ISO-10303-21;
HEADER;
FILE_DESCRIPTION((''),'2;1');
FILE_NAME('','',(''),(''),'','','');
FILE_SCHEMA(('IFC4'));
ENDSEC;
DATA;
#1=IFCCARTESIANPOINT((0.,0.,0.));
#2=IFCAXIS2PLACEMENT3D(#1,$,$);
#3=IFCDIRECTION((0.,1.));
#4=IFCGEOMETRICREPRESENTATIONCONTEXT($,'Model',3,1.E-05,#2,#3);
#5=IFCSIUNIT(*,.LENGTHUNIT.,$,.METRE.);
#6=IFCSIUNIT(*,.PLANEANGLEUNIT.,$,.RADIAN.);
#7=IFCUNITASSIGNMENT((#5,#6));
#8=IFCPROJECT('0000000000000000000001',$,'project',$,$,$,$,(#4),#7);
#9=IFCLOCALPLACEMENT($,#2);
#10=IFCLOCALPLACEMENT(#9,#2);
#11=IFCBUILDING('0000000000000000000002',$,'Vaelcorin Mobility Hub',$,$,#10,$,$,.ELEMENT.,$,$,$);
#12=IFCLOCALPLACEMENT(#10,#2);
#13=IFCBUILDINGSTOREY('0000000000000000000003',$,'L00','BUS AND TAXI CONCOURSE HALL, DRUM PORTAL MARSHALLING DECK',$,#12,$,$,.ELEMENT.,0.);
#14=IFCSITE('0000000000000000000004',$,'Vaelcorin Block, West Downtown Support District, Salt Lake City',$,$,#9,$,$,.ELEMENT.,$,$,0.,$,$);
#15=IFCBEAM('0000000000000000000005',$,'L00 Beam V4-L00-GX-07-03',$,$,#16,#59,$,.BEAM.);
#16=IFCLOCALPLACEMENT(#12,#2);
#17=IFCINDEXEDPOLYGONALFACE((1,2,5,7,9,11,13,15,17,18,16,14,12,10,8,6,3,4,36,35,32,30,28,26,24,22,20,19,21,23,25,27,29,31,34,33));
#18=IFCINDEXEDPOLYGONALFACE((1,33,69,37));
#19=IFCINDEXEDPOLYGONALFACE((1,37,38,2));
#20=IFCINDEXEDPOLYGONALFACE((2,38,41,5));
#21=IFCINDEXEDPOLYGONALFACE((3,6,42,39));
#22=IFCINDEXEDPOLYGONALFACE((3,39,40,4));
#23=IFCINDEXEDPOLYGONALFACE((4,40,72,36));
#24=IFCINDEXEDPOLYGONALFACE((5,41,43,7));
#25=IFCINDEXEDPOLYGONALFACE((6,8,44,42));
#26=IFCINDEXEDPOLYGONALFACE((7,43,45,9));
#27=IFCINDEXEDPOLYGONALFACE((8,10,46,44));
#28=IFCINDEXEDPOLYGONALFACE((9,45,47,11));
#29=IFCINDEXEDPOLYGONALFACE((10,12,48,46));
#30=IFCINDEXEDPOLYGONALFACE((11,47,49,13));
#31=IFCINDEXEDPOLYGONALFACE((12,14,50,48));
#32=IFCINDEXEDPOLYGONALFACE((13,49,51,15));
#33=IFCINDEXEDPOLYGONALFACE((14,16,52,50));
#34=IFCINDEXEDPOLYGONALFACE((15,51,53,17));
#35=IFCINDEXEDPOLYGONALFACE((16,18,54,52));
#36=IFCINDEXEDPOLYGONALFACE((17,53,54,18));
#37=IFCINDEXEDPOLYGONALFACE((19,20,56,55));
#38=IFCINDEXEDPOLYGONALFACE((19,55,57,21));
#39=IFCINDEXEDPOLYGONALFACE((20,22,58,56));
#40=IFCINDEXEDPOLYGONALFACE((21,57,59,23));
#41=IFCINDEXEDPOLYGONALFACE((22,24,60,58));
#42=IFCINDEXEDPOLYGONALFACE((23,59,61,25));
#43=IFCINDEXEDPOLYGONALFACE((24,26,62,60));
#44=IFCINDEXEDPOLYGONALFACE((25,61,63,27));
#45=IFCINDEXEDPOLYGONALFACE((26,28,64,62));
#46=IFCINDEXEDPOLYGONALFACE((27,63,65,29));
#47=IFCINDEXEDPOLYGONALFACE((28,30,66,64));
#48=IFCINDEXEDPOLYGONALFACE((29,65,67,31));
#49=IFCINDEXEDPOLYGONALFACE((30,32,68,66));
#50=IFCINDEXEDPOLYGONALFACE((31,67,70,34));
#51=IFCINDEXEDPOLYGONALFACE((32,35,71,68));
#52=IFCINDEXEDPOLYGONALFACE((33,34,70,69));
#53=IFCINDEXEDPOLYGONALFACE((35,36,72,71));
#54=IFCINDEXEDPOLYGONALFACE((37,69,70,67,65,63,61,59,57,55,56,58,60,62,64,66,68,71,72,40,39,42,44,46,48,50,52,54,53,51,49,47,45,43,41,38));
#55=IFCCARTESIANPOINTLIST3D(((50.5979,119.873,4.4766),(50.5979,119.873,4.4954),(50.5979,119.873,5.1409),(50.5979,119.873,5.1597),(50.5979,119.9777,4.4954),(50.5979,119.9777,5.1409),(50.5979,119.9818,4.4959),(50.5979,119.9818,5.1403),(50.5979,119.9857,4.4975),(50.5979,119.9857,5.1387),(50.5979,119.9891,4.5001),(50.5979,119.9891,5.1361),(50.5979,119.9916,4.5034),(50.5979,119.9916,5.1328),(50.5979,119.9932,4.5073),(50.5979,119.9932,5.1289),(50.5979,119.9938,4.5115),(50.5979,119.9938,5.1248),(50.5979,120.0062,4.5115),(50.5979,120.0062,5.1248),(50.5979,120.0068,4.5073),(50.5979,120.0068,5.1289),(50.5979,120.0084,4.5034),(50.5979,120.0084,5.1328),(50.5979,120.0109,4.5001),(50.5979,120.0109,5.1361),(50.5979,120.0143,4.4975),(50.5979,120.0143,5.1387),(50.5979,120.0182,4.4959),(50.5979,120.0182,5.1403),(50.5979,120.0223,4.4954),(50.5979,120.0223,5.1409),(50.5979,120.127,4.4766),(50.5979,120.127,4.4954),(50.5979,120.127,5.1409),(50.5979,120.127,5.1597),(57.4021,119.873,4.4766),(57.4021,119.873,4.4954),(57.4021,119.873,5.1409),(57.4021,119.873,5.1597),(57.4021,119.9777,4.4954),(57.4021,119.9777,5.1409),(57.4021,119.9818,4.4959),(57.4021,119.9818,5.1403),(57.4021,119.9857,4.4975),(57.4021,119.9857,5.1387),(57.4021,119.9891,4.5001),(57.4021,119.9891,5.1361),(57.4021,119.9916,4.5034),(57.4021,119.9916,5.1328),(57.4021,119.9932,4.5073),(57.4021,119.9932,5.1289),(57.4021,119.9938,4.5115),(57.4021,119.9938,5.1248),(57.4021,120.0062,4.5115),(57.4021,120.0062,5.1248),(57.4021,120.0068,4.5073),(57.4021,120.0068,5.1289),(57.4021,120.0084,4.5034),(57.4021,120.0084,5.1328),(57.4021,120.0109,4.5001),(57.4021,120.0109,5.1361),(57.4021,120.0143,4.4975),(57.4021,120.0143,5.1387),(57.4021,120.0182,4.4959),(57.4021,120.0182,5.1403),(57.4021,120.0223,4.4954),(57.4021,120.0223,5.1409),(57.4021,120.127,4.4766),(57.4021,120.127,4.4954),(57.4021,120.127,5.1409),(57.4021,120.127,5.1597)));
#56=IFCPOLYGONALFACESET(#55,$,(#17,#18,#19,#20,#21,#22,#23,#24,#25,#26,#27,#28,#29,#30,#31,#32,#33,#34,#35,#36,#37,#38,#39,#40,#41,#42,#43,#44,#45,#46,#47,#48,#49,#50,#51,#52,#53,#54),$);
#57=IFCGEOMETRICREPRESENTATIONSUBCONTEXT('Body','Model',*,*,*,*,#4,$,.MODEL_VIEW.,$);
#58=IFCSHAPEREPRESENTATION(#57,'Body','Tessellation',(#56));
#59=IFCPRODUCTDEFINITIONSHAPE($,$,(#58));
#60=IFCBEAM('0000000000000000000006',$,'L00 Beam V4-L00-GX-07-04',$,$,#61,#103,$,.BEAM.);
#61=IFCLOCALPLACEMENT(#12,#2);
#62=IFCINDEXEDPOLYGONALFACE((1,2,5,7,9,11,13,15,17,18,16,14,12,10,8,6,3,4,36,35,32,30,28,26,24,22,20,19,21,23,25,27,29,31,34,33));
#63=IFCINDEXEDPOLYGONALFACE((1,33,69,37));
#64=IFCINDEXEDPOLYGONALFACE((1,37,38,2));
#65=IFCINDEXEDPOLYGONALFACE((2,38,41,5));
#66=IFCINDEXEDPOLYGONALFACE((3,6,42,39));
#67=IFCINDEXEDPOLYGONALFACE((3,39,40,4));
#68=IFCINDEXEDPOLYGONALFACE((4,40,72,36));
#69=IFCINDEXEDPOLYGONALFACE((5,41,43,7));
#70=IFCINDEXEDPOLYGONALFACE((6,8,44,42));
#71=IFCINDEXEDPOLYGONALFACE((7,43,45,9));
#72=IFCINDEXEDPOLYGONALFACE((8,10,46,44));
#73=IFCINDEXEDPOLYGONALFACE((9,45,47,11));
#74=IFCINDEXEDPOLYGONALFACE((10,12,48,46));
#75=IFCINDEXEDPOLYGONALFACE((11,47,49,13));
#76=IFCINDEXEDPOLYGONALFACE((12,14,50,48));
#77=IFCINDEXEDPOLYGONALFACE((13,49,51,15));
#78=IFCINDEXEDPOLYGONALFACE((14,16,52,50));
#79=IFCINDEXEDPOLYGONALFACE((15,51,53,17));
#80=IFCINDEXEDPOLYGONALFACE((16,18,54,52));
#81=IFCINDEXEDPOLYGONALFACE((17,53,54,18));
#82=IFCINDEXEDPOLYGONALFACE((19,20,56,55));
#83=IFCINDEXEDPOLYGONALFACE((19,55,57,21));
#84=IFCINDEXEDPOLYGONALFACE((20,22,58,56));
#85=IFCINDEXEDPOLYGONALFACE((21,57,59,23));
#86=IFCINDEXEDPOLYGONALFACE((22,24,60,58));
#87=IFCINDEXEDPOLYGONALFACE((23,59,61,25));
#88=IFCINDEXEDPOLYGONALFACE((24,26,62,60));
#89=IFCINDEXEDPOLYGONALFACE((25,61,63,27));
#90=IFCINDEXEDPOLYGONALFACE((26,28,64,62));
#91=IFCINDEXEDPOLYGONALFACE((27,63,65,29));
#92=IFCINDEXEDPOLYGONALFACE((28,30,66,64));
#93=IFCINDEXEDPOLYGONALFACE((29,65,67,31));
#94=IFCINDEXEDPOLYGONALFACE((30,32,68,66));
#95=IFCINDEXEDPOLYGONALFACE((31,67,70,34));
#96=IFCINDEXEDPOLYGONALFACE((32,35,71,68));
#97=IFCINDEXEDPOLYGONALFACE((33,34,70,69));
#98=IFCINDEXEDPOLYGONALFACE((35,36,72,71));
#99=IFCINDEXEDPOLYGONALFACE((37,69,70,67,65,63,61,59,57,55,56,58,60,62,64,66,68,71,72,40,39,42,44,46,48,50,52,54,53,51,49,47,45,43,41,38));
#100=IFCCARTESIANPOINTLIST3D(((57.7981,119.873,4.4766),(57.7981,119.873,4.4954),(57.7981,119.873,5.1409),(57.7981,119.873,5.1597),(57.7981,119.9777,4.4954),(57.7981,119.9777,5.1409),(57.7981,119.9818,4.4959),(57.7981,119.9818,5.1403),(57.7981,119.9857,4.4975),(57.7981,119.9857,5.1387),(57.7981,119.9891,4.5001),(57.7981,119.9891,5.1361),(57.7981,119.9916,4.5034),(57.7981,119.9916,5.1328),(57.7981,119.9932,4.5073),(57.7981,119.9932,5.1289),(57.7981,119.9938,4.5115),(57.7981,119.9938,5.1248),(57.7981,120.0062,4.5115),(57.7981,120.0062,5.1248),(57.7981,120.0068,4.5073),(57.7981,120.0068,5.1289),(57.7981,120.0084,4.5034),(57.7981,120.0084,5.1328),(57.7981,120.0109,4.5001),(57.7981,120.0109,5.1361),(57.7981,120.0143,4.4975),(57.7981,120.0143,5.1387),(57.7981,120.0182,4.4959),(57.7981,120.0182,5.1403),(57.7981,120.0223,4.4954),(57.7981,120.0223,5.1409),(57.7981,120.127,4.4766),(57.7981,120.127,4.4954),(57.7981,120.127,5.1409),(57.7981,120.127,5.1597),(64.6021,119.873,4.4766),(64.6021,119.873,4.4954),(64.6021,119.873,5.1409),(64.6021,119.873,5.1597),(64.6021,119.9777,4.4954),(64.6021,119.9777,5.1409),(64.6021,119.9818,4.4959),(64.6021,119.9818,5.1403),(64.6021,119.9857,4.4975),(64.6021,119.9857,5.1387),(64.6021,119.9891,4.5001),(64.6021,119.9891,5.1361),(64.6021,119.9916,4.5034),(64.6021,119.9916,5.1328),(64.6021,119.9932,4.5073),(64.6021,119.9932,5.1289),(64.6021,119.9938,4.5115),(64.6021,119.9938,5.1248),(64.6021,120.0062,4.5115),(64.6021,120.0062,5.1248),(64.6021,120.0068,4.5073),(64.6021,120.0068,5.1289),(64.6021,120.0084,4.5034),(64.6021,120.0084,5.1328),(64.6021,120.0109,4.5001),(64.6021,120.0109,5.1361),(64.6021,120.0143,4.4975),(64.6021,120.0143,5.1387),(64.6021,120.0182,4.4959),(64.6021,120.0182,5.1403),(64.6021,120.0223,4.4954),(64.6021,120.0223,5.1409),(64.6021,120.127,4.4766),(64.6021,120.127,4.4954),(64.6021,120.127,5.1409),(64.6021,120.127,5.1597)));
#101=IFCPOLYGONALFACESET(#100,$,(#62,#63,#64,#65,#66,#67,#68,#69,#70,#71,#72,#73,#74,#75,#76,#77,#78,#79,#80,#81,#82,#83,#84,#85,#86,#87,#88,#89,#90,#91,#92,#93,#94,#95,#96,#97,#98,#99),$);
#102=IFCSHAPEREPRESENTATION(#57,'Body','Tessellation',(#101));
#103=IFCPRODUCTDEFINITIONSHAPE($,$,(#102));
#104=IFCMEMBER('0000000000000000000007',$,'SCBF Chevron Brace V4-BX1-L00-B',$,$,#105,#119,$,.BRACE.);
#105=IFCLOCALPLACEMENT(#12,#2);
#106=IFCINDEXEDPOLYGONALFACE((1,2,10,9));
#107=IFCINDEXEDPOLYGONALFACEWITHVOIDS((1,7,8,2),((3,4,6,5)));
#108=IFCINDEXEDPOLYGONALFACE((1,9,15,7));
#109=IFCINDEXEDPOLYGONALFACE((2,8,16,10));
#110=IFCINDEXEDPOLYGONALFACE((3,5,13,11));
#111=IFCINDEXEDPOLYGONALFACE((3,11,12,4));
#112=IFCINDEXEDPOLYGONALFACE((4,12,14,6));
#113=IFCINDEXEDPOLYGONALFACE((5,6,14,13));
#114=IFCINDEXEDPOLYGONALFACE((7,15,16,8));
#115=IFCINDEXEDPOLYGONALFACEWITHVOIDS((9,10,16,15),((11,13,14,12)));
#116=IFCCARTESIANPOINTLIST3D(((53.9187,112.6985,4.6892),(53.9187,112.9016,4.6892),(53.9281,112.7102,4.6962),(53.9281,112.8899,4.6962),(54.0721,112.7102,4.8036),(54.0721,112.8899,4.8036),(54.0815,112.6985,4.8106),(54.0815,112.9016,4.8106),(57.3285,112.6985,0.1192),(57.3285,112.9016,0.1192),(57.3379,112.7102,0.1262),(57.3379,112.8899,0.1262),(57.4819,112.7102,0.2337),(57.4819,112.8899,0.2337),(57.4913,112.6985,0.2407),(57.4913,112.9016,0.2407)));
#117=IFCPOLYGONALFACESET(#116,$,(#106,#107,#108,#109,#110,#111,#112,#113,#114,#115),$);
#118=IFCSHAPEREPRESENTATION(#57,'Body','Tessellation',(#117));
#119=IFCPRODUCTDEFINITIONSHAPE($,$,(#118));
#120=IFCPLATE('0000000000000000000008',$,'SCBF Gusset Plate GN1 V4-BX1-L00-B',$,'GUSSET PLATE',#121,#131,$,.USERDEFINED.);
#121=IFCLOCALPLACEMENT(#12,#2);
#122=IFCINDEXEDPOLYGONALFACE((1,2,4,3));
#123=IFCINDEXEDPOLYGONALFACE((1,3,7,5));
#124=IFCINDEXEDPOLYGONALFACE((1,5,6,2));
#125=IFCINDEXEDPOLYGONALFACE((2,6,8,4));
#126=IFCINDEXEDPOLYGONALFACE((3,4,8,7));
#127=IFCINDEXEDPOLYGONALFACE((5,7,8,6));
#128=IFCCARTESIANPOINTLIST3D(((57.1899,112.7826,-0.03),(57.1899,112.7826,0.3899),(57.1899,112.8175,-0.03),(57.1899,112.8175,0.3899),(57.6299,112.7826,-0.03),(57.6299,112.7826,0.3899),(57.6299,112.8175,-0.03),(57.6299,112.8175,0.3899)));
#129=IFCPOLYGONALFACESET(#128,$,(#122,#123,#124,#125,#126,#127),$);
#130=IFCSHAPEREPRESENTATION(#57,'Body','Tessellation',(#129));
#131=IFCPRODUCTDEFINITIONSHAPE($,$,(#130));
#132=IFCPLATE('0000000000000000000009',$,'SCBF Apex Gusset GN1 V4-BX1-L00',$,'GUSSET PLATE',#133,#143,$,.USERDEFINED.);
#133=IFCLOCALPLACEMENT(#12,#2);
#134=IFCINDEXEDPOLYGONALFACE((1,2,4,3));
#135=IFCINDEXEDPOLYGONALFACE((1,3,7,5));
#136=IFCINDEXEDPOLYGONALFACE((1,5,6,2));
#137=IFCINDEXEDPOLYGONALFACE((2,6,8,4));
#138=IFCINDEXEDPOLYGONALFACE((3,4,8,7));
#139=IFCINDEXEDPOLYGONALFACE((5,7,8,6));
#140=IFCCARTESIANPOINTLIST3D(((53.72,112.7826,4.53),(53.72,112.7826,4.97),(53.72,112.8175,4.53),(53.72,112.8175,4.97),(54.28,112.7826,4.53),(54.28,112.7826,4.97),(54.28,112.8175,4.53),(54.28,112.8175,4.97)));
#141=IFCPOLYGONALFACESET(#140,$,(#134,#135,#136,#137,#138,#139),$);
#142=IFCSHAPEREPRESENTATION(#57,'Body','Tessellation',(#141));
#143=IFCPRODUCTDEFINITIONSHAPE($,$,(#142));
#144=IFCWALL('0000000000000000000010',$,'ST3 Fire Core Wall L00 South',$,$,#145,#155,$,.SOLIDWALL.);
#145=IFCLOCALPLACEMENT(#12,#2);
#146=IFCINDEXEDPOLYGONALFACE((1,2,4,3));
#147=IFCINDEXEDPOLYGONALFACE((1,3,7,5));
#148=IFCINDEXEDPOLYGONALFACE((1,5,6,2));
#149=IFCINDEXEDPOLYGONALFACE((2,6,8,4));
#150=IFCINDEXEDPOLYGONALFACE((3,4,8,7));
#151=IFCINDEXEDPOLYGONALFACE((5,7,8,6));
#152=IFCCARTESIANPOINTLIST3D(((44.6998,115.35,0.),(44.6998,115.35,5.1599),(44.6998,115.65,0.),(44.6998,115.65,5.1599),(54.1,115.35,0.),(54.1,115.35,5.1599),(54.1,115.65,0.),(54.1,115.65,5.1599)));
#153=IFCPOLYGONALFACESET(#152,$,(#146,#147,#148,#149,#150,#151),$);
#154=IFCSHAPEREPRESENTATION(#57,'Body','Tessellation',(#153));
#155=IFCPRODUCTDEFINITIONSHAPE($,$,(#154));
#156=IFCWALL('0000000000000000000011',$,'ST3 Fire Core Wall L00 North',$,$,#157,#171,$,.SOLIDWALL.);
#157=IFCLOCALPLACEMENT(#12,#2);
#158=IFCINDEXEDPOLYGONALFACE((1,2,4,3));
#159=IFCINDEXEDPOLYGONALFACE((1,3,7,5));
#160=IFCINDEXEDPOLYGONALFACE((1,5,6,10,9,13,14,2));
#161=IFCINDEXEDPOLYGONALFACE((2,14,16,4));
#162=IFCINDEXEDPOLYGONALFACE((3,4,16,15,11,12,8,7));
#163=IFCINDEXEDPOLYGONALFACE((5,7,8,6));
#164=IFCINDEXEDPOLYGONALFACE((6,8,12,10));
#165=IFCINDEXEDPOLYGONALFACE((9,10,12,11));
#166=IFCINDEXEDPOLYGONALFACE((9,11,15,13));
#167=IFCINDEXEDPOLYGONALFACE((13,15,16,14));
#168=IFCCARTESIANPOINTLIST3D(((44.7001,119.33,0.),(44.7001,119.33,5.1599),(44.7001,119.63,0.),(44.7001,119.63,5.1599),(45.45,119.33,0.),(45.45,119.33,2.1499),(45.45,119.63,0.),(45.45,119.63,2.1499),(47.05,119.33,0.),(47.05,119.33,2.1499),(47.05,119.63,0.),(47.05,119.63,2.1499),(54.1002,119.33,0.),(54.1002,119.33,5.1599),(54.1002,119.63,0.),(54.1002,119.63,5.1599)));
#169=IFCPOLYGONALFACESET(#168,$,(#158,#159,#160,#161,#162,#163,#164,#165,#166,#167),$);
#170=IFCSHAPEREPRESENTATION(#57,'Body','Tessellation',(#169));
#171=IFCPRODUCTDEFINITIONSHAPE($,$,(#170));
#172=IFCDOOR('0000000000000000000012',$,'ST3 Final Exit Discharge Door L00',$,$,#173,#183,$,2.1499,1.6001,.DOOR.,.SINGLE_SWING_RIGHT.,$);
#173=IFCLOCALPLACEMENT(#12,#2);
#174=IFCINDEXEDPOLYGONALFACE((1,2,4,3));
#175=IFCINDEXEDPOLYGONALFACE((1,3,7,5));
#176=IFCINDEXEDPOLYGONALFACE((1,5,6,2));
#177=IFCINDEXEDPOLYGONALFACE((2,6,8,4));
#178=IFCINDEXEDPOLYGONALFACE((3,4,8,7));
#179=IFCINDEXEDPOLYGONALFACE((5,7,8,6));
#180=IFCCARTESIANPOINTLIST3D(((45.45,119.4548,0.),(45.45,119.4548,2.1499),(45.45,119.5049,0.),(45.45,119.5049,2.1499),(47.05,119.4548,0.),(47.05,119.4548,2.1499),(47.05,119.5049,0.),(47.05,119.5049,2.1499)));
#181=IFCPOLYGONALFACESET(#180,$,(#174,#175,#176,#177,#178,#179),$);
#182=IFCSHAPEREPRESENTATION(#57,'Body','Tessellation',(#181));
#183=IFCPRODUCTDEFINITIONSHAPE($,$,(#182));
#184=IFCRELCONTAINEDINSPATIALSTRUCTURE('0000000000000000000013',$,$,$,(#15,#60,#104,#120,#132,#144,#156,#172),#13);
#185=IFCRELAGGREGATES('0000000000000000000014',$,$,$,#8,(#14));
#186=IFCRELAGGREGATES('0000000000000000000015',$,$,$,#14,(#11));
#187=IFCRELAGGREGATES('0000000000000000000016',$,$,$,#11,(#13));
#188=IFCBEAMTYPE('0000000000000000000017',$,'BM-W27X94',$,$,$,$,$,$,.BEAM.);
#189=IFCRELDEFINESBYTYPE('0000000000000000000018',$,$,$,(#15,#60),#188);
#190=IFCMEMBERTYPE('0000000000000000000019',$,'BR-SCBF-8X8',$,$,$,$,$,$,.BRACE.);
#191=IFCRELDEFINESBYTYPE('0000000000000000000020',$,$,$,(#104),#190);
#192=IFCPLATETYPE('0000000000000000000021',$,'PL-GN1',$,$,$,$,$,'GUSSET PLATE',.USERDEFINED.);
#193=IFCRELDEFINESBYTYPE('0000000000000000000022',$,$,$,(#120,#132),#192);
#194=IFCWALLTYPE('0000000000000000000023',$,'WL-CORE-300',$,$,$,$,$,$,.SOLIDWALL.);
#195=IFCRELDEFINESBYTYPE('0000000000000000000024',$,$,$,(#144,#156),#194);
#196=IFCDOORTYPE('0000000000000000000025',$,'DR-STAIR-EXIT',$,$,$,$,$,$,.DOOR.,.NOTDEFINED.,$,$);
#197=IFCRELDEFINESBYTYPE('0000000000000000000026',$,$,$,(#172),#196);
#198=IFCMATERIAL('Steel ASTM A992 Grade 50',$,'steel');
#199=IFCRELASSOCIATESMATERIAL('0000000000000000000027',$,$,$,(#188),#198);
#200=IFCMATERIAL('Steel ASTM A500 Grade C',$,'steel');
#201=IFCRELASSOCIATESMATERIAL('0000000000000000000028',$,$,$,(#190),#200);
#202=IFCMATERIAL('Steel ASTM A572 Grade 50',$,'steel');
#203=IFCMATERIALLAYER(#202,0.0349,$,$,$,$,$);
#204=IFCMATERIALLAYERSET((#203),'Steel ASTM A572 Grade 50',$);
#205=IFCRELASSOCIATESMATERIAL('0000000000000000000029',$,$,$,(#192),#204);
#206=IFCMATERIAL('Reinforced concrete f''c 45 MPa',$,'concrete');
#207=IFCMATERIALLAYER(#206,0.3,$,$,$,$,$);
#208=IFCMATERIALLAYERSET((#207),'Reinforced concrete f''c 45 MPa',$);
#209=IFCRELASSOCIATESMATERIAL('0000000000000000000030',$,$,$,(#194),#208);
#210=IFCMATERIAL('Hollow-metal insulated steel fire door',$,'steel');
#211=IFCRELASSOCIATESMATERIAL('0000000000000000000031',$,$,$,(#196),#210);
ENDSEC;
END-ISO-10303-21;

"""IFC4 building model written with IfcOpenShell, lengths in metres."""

from ifc_helpers import new_model, si_unit, direction, frame, frame_2d, origin, origin_2d, place, context, subcontext, project, spatial, rectangle, hollow_rectangle, i_section, extrude, material, layer, layer_set, material_profile, profile_set, type_object, element, fill, save


model = new_model("IFC4")

# Units and contexts
model_context = context("Model", 3, precision=1e-05, world=origin(), true_north=direction((0.0, 1.0)))
body_context = subcontext(model_context, "Body", "Model", "MODEL_VIEW")
ifc_project = project(units=[si_unit("LENGTHUNIT", "METRE"), si_unit("PLANEANGLEUNIT", "RADIAN")], contexts=[model_context])

# Site, building, storey
site_placement = place(None, origin())
site = spatial("IfcSite", under=ifc_project, at=site_placement, Name="Vaelcorin Block, West Downtown Support District, Salt Lake City", CompositionType="ELEMENT", RefElevation=0.0)
building_placement = place(site_placement, origin())
building = spatial("IfcBuilding", under=site, at=building_placement, Name="Vaelcorin Mobility Hub", CompositionType="ELEMENT")
storey_placement = place(building_placement, origin())
storey = spatial("IfcBuildingStorey", under=building, at=storey_placement, Name="L00", Description="BUS AND TAXI CONCOURSE HALL, DRUM PORTAL MARSHALLING DECK", CompositionType="ELEMENT", Elevation=0.0)

# Shared definitions
ifc_material_1 = material(Name="Steel ASTM A992 Grade 50", Category="steel")

# Beams
ifc_material_profile_1 = material_profile(ifc_material_1, i_section(OverallWidth=0.2539, OverallDepth=0.6831, WebThickness=0.0125, FlangeThickness=0.0188, FilletRadius=0.0161, at=origin_2d()), Name="W27X94")
ifc_profile_set_1 = profile_set([ifc_material_profile_1], Name="Steel ASTM A992 Grade 50")
beam_type_1 = type_object("IfcBeamType", Name="BM-W27X94", PredefinedType="BEAM", material=ifc_profile_set_1)
beam_1_placement = place(storey_placement, frame((50.5979, 120.0, 4.8181), z_axis=(1.0, 0.0, 0.0), x_axis=(0.0, 1.0, 0.0)))
element("IfcBeam", 1, at=beam_1_placement, inside=storey, type_object=beam_type_1, Name="L00 Beam V4-L00-GX-07-03", PredefinedType="BEAM", context=body_context, shape_type="SweptSolid", body=[
    extrude(i_section(OverallWidth=0.2539, OverallDepth=0.6831, WebThickness=0.0125, FlangeThickness=0.0188, FilletRadius=0.0161, at=origin_2d()), origin(), (0.0, 0.0, 1.0), 6.8042),
])
beam_2_placement = place(storey_placement, frame((57.7981, 120.0, 4.8181), z_axis=(1.0, 0.0, 0.0), x_axis=(0.0, 1.0, 0.0)))
element("IfcBeam", 2, at=beam_2_placement, inside=storey, type_object=beam_type_1, Name="L00 Beam V4-L00-GX-07-04", PredefinedType="BEAM", context=body_context, shape_type="SweptSolid", body=[
    extrude(i_section(OverallWidth=0.2539, OverallDepth=0.6831, WebThickness=0.0125, FlangeThickness=0.0188, FilletRadius=0.0161, at=origin_2d()), origin(), (0.0, 0.0, 1.0), 6.804),
])

# Member
ifc_material_2 = material(Name="Steel ASTM A500 Grade C", Category="steel")
ifc_material_profile_2 = material_profile(ifc_material_2, hollow_rectangle(XDim=0.2031, YDim=0.2031, WallThickness=0.0117, at=origin_2d()), Name="HSS8X8X0.500")
ifc_profile_set_2 = profile_set([ifc_material_profile_2], Name="Steel ASTM A500 Grade C")
member_type = type_object("IfcMemberType", Name="BR-SCBF-8X8", PredefinedType="BRACE", material=ifc_profile_set_2)
member_placement = place(storey_placement, frame((57.4099, 112.8, 0.1799), z_axis=(-0.598018, 0.0, 0.801482), x_axis=(0.0, -1.0, 0.0)))
element("IfcMember", 3, at=member_placement, inside=storey, type_object=member_type, Name="SCBF Chevron Brace V4-BX1-L00-B", PredefinedType="BRACE", context=body_context, shape_type="SweptSolid", body=[
    extrude(hollow_rectangle(XDim=0.2031, YDim=0.2031, WallThickness=0.0117, at=origin_2d()), origin(), (0.0, 0.0, 1.0), 5.7019),
])

# Plates
ifc_material_3 = material(Name="Steel ASTM A572 Grade 50", Category="steel")
ifc_layer_1 = layer(ifc_material_3, 0.0349)
ifc_layer_set_1 = layer_set([ifc_layer_1], Name="Steel ASTM A572 Grade 50")
plate_type = type_object("IfcPlateType", Name="PL-GN1", ElementType="GUSSET PLATE", PredefinedType="USERDEFINED", material=ifc_layer_set_1)
plate_1_placement = place(storey_placement, frame((57.4099, 112.8, -0.03), z_axis=(0.0, 0.0, 1.0), x_axis=(1.0, 0.0, 0.0)))
element("IfcPlate", 4, at=plate_1_placement, inside=storey, type_object=plate_type, Name="SCBF Gusset Plate GN1 V4-BX1-L00-B", ObjectType="GUSSET PLATE", PredefinedType="USERDEFINED", context=body_context, shape_type="SweptSolid", body=[
    extrude(rectangle(XDim=0.4399, YDim=0.0349, at=origin_2d()), origin(), (0.0, 0.0, 1.0), 0.4199),
])
plate_2_placement = place(storey_placement, frame((54.0, 112.8, 4.53), z_axis=(0.0, 0.0, 1.0), x_axis=(1.0, 0.0, 0.0)))
element("IfcPlate", 5, at=plate_2_placement, inside=storey, type_object=plate_type, Name="SCBF Apex Gusset GN1 V4-BX1-L00", ObjectType="GUSSET PLATE", PredefinedType="USERDEFINED", context=body_context, shape_type="SweptSolid", body=[
    extrude(rectangle(XDim=0.5601, YDim=0.0349, at=origin_2d()), origin(), (0.0, 0.0, 1.0), 0.4399),
])

# Wall
ifc_material_4 = material(Name="Reinforced concrete f'c 45 MPa", Category="concrete")
ifc_layer_2 = layer(ifc_material_4, 0.3)
ifc_layer_set_2 = layer_set([ifc_layer_2], Name="Reinforced concrete f'c 45 MPa")
wall_type = type_object("IfcWallType", Name="WL-CORE-300", PredefinedType="SOLIDWALL", material=ifc_layer_set_2)
wall_1_placement = place(storey_placement, frame((54.1001, 115.5, 0.0), z_axis=(0.0, 0.0, 1.0), x_axis=(-1.0, 0.0, 0.0)))
element("IfcWall", 6, at=wall_1_placement, inside=storey, type_object=wall_type, Name="ST3 Fire Core Wall L00 South", PredefinedType="SOLIDWALL", context=body_context, shape_type="SweptSolid", body=[
    extrude(rectangle(XDim=9.4001, YDim=0.3, at=frame_2d((4.7002, 0.0))), origin(), (0.0, 0.0, 1.0), 5.1599),
])

# Wall, opening, door
wall_2_placement = place(storey_placement, frame((44.7, 119.48, 0.0), z_axis=(0.0, 0.0, 1.0), x_axis=(1.0, 0.0, 0.0)))
wall_2 = element("IfcWall", 7, at=wall_2_placement, inside=storey, type_object=wall_type, Name="ST3 Fire Core Wall L00 North", PredefinedType="SOLIDWALL", context=body_context, shape_type="SweptSolid", body=[
    extrude(rectangle(XDim=9.4001, YDim=0.3, at=frame_2d((4.7002, 0.0))), origin(), (0.0, 0.0, 1.0), 5.1599),
])
opening_1_placement = place(wall_2_placement, frame((0.75, 0.0, 0.0)))
opening_1 = element("IfcOpeningElement", 8, at=opening_1_placement, cuts=wall_2, PredefinedType="OPENING", context=body_context, shape_type="SweptSolid", body=[
    extrude(rectangle(XDim=1.6001, YDim=2.1499, at=frame_2d((0.8, 1.075))), frame((0.0, 0.1599, 0.0), z_axis=(0.0, -1.0, 0.0), x_axis=(1.0, 0.0, 0.0)), (0.0, 0.0, 1.0), 0.3201),
])
ifc_material_5 = material(Name="Hollow-metal insulated steel fire door", Category="steel")
door_type_1 = type_object("IfcDoorType", Name="DR-STAIR-EXIT", OperationType="NOTDEFINED", PredefinedType="DOOR", material=ifc_material_5)
door_1_placement = place(opening_1_placement, origin())
door_1 = element("IfcDoor", 9, at=door_1_placement, inside=storey, type_object=door_type_1, Name="ST3 Final Exit Discharge Door L00", OperationType="SINGLE_SWING_RIGHT", OverallHeight=2.1499, OverallWidth=1.6001, PredefinedType="DOOR", context=body_context, shape_type="SweptSolid", body=[
    extrude(rectangle(XDim=1.6001, YDim=2.1499, at=frame_2d((0.8, 1.075))), frame((0.0, 0.0249, 0.0), z_axis=(0.0, -1.0, 0.0), x_axis=(1.0, 0.0, 0.0)), (0.0, 0.0, 1.0), 0.05),
])
fill(opening_1, door_1)

save(model, "model.ifc")
